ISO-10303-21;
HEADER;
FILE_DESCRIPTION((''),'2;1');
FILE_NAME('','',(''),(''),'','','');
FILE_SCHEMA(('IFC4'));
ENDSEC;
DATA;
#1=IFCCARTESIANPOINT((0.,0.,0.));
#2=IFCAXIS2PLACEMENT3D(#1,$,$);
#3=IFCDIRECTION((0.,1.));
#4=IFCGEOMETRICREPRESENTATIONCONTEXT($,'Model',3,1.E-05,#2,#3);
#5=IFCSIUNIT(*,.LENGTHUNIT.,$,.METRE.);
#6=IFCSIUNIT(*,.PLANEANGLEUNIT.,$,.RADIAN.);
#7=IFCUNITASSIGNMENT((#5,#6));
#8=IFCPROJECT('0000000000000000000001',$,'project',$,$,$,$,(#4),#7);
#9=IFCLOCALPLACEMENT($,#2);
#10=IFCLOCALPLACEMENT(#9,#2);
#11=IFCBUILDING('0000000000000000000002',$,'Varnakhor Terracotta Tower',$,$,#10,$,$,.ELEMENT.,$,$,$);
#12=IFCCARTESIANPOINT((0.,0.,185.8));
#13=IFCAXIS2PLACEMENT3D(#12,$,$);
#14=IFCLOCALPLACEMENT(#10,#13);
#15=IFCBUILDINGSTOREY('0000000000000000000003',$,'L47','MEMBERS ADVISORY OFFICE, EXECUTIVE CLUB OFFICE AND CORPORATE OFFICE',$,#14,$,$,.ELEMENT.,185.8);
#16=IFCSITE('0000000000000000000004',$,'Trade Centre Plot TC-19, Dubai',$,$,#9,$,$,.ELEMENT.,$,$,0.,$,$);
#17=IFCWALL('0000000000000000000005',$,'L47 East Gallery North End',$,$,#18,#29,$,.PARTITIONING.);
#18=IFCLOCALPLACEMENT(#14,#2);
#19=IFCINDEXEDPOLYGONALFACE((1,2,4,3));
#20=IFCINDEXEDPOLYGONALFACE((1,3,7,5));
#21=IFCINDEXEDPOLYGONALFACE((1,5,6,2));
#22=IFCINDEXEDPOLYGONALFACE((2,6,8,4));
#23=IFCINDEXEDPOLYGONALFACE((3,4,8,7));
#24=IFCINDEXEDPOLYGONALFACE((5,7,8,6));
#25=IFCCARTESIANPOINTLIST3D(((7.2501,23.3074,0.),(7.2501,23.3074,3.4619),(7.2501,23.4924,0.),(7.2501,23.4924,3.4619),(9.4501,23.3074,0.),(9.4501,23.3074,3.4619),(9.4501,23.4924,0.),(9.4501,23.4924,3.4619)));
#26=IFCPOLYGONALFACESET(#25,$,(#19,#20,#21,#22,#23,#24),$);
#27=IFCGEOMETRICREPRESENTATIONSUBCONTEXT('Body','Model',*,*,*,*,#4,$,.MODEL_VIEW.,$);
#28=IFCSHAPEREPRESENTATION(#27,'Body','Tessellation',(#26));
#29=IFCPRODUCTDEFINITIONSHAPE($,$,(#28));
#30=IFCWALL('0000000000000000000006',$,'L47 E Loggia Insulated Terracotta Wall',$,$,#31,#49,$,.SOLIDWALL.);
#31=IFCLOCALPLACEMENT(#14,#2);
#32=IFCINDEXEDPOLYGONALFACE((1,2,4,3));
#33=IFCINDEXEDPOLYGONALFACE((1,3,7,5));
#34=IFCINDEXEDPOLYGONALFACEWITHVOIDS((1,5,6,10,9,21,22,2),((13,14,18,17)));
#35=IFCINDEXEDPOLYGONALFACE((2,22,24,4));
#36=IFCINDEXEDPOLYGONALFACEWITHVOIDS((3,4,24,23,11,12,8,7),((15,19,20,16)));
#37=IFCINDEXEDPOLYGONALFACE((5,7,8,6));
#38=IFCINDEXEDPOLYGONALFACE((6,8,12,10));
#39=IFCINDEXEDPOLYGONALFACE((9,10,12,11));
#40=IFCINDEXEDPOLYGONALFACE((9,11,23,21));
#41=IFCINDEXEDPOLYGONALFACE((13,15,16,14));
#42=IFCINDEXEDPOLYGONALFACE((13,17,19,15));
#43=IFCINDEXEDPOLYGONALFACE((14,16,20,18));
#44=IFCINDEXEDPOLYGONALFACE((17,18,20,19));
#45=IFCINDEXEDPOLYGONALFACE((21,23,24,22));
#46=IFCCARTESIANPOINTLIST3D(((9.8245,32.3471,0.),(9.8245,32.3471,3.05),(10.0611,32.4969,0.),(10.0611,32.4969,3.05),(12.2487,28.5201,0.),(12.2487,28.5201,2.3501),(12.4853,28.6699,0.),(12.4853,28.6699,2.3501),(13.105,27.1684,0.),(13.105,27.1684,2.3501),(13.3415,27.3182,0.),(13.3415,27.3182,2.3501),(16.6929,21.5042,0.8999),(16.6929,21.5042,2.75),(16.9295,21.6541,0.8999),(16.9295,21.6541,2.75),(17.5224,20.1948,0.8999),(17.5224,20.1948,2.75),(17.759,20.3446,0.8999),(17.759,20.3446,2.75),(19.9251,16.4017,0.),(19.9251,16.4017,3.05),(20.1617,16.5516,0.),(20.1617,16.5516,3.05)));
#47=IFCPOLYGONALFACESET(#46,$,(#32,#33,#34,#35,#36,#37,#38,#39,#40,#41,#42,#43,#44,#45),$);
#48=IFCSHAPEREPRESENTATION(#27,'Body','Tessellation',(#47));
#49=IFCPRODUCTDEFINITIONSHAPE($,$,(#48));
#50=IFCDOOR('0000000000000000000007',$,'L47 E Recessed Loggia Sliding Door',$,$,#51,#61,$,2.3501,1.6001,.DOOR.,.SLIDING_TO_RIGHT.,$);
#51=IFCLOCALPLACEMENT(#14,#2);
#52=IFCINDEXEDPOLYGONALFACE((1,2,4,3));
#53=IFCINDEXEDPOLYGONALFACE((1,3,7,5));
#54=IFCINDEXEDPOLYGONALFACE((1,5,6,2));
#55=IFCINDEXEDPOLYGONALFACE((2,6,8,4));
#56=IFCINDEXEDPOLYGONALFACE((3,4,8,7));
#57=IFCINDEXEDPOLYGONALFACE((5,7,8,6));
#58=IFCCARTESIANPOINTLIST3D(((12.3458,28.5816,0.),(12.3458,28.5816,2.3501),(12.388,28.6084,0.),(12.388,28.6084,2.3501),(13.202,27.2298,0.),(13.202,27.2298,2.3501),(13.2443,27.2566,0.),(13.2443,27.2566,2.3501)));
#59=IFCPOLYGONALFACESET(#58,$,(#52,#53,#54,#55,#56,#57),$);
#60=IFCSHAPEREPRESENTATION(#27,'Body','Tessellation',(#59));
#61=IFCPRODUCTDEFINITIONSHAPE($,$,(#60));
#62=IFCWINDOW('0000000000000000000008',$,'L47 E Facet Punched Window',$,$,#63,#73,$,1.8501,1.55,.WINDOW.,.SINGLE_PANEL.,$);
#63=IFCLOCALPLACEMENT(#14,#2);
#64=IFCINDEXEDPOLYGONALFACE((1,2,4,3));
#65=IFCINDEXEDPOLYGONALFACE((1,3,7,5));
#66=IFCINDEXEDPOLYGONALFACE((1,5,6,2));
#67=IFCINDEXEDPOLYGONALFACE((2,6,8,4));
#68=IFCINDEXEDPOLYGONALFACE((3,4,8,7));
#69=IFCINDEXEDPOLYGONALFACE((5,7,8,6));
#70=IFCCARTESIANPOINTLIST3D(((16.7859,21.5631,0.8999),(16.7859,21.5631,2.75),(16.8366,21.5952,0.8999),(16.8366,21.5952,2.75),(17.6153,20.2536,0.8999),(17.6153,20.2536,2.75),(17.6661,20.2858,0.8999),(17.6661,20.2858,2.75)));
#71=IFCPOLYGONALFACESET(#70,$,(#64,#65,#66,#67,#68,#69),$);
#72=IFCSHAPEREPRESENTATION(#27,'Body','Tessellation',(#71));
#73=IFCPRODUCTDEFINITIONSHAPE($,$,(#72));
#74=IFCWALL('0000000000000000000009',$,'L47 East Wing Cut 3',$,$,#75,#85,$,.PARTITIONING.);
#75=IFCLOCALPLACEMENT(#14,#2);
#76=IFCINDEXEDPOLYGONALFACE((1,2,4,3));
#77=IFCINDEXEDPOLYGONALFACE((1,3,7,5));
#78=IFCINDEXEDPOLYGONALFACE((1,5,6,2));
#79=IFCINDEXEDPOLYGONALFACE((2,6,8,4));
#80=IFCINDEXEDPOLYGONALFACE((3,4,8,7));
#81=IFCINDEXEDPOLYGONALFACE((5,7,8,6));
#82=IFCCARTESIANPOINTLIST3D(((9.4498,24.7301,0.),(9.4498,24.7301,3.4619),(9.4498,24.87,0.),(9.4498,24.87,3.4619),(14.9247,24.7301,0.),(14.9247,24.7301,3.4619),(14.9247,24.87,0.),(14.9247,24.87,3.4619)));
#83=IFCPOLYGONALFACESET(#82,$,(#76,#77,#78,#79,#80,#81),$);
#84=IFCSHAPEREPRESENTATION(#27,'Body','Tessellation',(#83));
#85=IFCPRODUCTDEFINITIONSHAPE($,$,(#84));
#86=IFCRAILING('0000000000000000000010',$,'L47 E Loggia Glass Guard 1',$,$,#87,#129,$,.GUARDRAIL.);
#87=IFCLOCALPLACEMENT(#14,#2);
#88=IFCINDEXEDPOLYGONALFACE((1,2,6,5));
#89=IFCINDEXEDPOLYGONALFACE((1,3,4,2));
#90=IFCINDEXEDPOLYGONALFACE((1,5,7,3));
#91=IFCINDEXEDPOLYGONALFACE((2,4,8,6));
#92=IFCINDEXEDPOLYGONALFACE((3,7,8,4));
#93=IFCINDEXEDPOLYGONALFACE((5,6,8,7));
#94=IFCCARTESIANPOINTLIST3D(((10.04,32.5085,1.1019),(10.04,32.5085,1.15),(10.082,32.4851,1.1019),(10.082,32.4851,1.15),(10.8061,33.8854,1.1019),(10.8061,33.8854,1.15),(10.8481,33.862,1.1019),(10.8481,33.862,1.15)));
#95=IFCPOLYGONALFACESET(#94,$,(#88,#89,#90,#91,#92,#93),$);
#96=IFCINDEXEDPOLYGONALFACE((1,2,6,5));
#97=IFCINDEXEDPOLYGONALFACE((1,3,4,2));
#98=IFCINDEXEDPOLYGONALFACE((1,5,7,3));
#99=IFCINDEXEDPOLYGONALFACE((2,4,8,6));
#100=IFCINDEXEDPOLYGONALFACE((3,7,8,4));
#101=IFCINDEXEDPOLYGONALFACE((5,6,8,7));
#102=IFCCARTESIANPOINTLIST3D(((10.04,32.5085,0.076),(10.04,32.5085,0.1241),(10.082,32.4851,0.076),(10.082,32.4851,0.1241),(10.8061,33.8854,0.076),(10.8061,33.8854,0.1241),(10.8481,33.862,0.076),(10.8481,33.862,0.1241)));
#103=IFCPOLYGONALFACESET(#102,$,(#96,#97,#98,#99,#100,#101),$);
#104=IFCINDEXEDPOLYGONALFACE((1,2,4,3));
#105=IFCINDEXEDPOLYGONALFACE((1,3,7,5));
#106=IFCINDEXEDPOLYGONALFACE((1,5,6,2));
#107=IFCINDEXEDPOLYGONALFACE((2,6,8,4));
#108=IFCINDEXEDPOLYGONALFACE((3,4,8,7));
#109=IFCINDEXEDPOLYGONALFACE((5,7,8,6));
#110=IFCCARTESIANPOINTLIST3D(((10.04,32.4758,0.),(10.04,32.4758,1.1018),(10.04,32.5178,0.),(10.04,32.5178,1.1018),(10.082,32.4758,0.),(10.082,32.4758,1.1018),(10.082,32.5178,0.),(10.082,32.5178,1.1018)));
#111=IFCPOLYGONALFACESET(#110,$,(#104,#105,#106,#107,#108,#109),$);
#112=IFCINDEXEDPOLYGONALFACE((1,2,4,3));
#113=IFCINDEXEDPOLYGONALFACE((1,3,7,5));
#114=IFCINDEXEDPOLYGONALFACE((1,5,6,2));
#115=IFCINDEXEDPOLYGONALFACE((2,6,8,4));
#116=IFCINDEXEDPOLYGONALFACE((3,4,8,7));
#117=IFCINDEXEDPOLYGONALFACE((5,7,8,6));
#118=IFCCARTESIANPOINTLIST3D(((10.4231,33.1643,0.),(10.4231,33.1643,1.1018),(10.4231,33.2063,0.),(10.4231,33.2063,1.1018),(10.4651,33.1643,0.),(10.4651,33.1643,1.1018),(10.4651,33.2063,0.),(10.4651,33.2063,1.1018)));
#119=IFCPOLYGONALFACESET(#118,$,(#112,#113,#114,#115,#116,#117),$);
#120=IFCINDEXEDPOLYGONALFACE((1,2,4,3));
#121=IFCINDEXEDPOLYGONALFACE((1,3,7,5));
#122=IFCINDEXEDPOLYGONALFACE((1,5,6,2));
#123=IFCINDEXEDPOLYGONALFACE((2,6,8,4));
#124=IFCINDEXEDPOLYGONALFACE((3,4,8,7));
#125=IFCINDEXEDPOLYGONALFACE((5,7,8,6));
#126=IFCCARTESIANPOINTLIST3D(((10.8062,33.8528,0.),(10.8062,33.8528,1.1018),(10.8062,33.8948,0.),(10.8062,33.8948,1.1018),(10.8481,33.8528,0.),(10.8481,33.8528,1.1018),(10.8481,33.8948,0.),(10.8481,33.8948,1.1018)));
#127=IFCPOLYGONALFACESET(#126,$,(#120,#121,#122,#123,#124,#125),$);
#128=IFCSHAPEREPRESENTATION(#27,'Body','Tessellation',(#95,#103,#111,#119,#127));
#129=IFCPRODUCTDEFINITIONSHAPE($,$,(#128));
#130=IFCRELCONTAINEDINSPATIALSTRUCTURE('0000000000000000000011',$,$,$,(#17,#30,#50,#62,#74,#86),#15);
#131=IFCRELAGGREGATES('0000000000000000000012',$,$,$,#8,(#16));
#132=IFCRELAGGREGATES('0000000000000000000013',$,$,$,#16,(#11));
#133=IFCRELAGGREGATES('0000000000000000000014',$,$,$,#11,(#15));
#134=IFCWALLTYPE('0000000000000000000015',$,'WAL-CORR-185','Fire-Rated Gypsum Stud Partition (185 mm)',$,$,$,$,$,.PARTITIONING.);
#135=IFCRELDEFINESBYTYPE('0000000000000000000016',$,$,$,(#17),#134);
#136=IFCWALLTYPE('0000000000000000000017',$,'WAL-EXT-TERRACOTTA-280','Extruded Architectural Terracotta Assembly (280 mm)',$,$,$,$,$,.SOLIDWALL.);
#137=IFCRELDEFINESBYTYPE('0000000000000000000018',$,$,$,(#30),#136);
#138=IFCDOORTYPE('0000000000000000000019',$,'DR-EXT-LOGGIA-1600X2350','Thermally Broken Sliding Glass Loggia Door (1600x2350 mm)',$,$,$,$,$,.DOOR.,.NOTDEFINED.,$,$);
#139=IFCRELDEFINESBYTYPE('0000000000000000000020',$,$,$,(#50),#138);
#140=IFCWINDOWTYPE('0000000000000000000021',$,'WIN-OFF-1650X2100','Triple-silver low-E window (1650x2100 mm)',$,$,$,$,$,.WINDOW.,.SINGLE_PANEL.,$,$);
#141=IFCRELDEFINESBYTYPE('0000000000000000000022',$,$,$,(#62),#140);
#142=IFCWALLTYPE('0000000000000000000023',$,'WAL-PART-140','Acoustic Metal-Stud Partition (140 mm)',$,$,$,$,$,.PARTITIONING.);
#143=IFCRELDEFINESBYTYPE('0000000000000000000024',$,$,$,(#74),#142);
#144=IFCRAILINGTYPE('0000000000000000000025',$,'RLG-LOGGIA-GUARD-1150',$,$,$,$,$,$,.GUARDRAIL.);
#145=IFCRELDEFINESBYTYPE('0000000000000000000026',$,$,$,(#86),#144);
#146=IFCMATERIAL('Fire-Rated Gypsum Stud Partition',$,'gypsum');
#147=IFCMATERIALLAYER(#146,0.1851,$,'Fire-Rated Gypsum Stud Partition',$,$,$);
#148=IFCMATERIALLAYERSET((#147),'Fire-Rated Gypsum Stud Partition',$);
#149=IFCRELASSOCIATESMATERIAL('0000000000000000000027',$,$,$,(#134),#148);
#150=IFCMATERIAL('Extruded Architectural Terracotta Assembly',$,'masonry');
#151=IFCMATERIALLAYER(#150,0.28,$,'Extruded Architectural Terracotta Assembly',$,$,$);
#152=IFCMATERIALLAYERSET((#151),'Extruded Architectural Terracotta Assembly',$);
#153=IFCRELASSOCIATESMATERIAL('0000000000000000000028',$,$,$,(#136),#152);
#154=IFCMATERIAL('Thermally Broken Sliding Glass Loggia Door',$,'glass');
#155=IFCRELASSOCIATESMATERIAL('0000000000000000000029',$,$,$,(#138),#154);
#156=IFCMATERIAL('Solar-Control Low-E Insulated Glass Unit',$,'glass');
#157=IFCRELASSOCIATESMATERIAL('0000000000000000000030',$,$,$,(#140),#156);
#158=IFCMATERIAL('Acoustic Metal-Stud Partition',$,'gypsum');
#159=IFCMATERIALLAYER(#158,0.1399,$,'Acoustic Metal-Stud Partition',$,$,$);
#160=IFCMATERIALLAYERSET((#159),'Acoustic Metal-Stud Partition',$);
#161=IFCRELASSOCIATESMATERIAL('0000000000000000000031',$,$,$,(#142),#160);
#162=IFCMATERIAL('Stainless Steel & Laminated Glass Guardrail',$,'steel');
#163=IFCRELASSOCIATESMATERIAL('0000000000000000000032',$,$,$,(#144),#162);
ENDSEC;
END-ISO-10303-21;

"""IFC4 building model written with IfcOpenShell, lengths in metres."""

from ifc_helpers import new_model, si_unit, direction, frame, frame_2d, origin, origin_2d, place, context, subcontext, project, spatial, rectangle, extrude, source, transform, mapped, material, layer, layer_set, type_object, type_shapes, element, fill, save


model = new_model("IFC4")

# Units and contexts
model_context = context("Model", 3, precision=1e-05, world=origin(), true_north=direction((0.0, 1.0)))
body_context = subcontext(model_context, "Body", "Model", "MODEL_VIEW")
ifc_project = project(units=[si_unit("LENGTHUNIT", "METRE"), si_unit("PLANEANGLEUNIT", "RADIAN")], contexts=[model_context])

# Site, building, storey
site_placement = place(None, origin())
site = spatial("IfcSite", under=ifc_project, at=site_placement, Name="Trade Centre Plot TC-19, Dubai", CompositionType="ELEMENT", RefElevation=0.0)
building_placement = place(site_placement, origin())
building = spatial("IfcBuilding", under=site, at=building_placement, Name="Varnakhor Terracotta Tower", CompositionType="ELEMENT")
storey_placement = place(building_placement, frame((0.0, 0.0, 185.8)))
storey = spatial("IfcBuildingStorey", under=building, at=storey_placement, Name="L47", Description="MEMBERS ADVISORY OFFICE, EXECUTIVE CLUB OFFICE AND CORPORATE OFFICE", CompositionType="ELEMENT", Elevation=185.8)

# Wall
ifc_material_1 = material(Name="Fire-Rated Gypsum Stud Partition", Category="gypsum")
ifc_layer_1 = layer(ifc_material_1, 0.1851, Name="Fire-Rated Gypsum Stud Partition")
ifc_layer_set_1 = layer_set([ifc_layer_1], Name="Fire-Rated Gypsum Stud Partition")
wall_type_1 = type_object("IfcWallType", Name="WAL-CORR-185", Description="Fire-Rated Gypsum Stud Partition (185 mm)", PredefinedType="PARTITIONING", material=ifc_layer_set_1)
wall_1_placement = place(storey_placement, frame((7.25, 23.3999, 0.0), z_axis=(0.0, 0.0, 1.0), x_axis=(1.0, 0.0, 0.0)))
element("IfcWall", 1, at=wall_1_placement, inside=storey, type_object=wall_type_1, Name="L47 East Gallery North End", PredefinedType="PARTITIONING", context=body_context, shape_type="SweptSolid", body=[
    extrude(rectangle(XDim=2.2, YDim=0.1851, at=frame_2d((1.1001, 0.0))), origin(), (0.0, 0.0, 1.0), 3.4619),
])

# Wall, openings, door, window
ifc_material_2 = material(Name="Extruded Architectural Terracotta Assembly", Category="masonry")
ifc_layer_2 = layer(ifc_material_2, 0.28, Name="Extruded Architectural Terracotta Assembly")
ifc_layer_set_2 = layer_set([ifc_layer_2], Name="Extruded Architectural Terracotta Assembly")
wall_type_2 = type_object("IfcWallType", Name="WAL-EXT-TERRACOTTA-280", Description="Extruded Architectural Terracotta Assembly (280 mm)", PredefinedType="SOLIDWALL", material=ifc_layer_set_2)
wall_2_placement = place(storey_placement, frame((9.9429, 32.4219, 0.0), z_axis=(0.0, 0.0, 1.0), x_axis=(0.535123, -0.844774, 0.0)))
wall_2 = element("IfcWall", 2, at=wall_2_placement, inside=storey, type_object=wall_type_2, Name="L47 E Loggia Insulated Terracotta Wall", PredefinedType="SOLIDWALL", context=body_context, shape_type="SweptSolid", body=[
    extrude(rectangle(XDim=18.8752, YDim=0.28, at=frame_2d((9.4375, 0.0))), origin(), (0.0, 0.0, 1.0), 3.05),
])
opening_1_placement = place(wall_2_placement, frame((4.53, 0.0, 0.0)))
opening_1 = element("IfcOpeningElement", 3, at=opening_1_placement, cuts=wall_2, PredefinedType="OPENING", context=body_context, shape_type="SweptSolid", body=[
    extrude(rectangle(XDim=1.6001, YDim=2.3501, at=frame_2d((0.8, 1.175))), frame((0.0, 0.1499, 0.0), z_axis=(0.0, -1.0, 0.0), x_axis=(1.0, 0.0, 0.0)), (0.0, 0.0, 1.0), 0.3),
])
opening_2_placement = place(wall_2_placement, frame((12.8352, 0.0, 0.8999)))
opening_2 = element("IfcOpeningElement", 4, at=opening_2_placement, cuts=wall_2, PredefinedType="OPENING", context=body_context, shape_type="SweptSolid", body=[
    extrude(rectangle(XDim=1.55, YDim=1.8501, at=frame_2d((0.7749, 0.925))), frame((0.0, 0.1499, 0.0), z_axis=(0.0, -1.0, 0.0), x_axis=(1.0, 0.0, 0.0)), (0.0, 0.0, 1.0), 0.3),
])
ifc_material_3 = material(Name="Thermally Broken Sliding Glass Loggia Door", Category="glass")
door_type = type_object("IfcDoorType", Name="DR-EXT-LOGGIA-1600X2350", Description="Thermally Broken Sliding Glass Loggia Door (1600x2350 mm)", OperationType="NOTDEFINED", PredefinedType="DOOR", material=ifc_material_3)
shared_shape_1 = source(origin(), body_context, "Body", "SweptSolid", [
    extrude(rectangle(XDim=1.6001, YDim=2.3501, at=frame_2d((0.8, 1.175))), frame((0.0, 0.0249, 0.0), z_axis=(0.0, -1.0, 0.0), x_axis=(1.0, 0.0, 0.0)), (0.0, 0.0, 1.0), 0.05),
])
type_shapes(door_type, [shared_shape_1])
door_placement = place(opening_1_placement, origin())
door = element("IfcDoor", 5, at=door_placement, inside=storey, type_object=door_type, Name="L47 E Recessed Loggia Sliding Door", OperationType="SLIDING_TO_RIGHT", OverallHeight=2.3501, OverallWidth=1.6001, PredefinedType="DOOR", context=body_context, shape_type="MappedRepresentation", body=[
    mapped(shared_shape_1, transform((0.0, 0.0, 0.0), scale=1.0)),
])
fill(opening_1, door)
ifc_material_4 = material(Name="Solar-Control Low-E Insulated Glass Unit", Category="glass")
window_type = type_object("IfcWindowType", Name="WIN-OFF-1650X2100", Description="Triple-silver low-E window (1650x2100 mm)", PartitioningType="SINGLE_PANEL", PredefinedType="WINDOW", material=ifc_material_4)
shared_shape_2 = source(origin(), body_context, "Body", "SweptSolid", [
    extrude(rectangle(XDim=1.55, YDim=1.8501, at=frame_2d((0.7749, 0.925))), frame((0.0, 0.03, 0.0), z_axis=(0.0, -1.0, 0.0), x_axis=(1.0, 0.0, 0.0)), (0.0, 0.0, 1.0), 0.0601),
])
type_shapes(window_type, [shared_shape_2])
window_placement = place(opening_2_placement, origin())
window = element("IfcWindow", 6, at=window_placement, inside=storey, type_object=window_type, Name="L47 E Facet Punched Window", OverallHeight=1.8501, OverallWidth=1.55, PartitioningType="SINGLE_PANEL", PredefinedType="WINDOW", context=body_context, shape_type="MappedRepresentation", body=[
    mapped(shared_shape_2, transform((0.0, 0.0, 0.0), scale=1.0)),
])
fill(opening_2, window)

# Wall
ifc_material_5 = material(Name="Acoustic Metal-Stud Partition", Category="gypsum")
ifc_layer_3 = layer(ifc_material_5, 0.1399, Name="Acoustic Metal-Stud Partition")
ifc_layer_set_3 = layer_set([ifc_layer_3], Name="Acoustic Metal-Stud Partition")
wall_type_3 = type_object("IfcWallType", Name="WAL-PART-140", Description="Acoustic Metal-Stud Partition (140 mm)", PredefinedType="PARTITIONING", material=ifc_layer_set_3)
wall_3_placement = place(storey_placement, frame((9.45, 24.8, 0.0), z_axis=(0.0, 0.0, 1.0), x_axis=(1.0, 0.0, 0.0)))
element("IfcWall", 7, at=wall_3_placement, inside=storey, type_object=wall_type_3, Name="L47 East Wing Cut 3", PredefinedType="PARTITIONING", context=body_context, shape_type="SweptSolid", body=[
    extrude(rectangle(XDim=5.4749, YDim=0.1399, at=frame_2d((2.7373, 0.0))), origin(), (0.0, 0.0, 1.0), 3.4619),
])

# Railing
ifc_material_6 = material(Name="Stainless Steel & Laminated Glass Guardrail", Category="steel")
railing_type = type_object("IfcRailingType", Name="RLG-LOGGIA-GUARD-1150", PredefinedType="GUARDRAIL", material=ifc_material_6)
railing_1_placement = place(storey_placement, frame((10.061, 32.4968, 0.0)))
element("IfcRailing", 8, at=railing_1_placement, inside=storey, type_object=railing_type, Name="L47 E Loggia Glass Guard 1", PredefinedType="GUARDRAIL", context=body_context, shape_type="SweptSolid", body=[
    extrude(rectangle(XDim=0.0481, YDim=0.0481, at=origin_2d()), frame((0.0, 0.0, 1.126), z_axis=(0.486195, 0.87385, 0.0), x_axis=(-0.87385, 0.486195, 0.0)), (0.0, 0.0, 1.0), 1.5757),
    extrude(rectangle(XDim=0.0481, YDim=0.0481, at=origin_2d()), frame((0.0, 0.0, 0.1001), z_axis=(0.486195, 0.87385, 0.0), x_axis=(-0.87385, 0.486195, 0.0)), (0.0, 0.0, 1.0), 1.5757),
    extrude(rectangle(XDim=0.042, YDim=0.042, at=origin_2d()), origin(), (0.0, 0.0, 1.0), 1.1018),
    extrude(rectangle(XDim=0.042, YDim=0.042, at=origin_2d()), frame((0.3831, 0.6885, 0.0)), (0.0, 0.0, 1.0), 1.1018),
    extrude(rectangle(XDim=0.042, YDim=0.042, at=origin_2d()), frame((0.7661, 1.377, 0.0)), (0.0, 0.0, 1.0), 1.1018),
])

save(model, "model.ifc")
